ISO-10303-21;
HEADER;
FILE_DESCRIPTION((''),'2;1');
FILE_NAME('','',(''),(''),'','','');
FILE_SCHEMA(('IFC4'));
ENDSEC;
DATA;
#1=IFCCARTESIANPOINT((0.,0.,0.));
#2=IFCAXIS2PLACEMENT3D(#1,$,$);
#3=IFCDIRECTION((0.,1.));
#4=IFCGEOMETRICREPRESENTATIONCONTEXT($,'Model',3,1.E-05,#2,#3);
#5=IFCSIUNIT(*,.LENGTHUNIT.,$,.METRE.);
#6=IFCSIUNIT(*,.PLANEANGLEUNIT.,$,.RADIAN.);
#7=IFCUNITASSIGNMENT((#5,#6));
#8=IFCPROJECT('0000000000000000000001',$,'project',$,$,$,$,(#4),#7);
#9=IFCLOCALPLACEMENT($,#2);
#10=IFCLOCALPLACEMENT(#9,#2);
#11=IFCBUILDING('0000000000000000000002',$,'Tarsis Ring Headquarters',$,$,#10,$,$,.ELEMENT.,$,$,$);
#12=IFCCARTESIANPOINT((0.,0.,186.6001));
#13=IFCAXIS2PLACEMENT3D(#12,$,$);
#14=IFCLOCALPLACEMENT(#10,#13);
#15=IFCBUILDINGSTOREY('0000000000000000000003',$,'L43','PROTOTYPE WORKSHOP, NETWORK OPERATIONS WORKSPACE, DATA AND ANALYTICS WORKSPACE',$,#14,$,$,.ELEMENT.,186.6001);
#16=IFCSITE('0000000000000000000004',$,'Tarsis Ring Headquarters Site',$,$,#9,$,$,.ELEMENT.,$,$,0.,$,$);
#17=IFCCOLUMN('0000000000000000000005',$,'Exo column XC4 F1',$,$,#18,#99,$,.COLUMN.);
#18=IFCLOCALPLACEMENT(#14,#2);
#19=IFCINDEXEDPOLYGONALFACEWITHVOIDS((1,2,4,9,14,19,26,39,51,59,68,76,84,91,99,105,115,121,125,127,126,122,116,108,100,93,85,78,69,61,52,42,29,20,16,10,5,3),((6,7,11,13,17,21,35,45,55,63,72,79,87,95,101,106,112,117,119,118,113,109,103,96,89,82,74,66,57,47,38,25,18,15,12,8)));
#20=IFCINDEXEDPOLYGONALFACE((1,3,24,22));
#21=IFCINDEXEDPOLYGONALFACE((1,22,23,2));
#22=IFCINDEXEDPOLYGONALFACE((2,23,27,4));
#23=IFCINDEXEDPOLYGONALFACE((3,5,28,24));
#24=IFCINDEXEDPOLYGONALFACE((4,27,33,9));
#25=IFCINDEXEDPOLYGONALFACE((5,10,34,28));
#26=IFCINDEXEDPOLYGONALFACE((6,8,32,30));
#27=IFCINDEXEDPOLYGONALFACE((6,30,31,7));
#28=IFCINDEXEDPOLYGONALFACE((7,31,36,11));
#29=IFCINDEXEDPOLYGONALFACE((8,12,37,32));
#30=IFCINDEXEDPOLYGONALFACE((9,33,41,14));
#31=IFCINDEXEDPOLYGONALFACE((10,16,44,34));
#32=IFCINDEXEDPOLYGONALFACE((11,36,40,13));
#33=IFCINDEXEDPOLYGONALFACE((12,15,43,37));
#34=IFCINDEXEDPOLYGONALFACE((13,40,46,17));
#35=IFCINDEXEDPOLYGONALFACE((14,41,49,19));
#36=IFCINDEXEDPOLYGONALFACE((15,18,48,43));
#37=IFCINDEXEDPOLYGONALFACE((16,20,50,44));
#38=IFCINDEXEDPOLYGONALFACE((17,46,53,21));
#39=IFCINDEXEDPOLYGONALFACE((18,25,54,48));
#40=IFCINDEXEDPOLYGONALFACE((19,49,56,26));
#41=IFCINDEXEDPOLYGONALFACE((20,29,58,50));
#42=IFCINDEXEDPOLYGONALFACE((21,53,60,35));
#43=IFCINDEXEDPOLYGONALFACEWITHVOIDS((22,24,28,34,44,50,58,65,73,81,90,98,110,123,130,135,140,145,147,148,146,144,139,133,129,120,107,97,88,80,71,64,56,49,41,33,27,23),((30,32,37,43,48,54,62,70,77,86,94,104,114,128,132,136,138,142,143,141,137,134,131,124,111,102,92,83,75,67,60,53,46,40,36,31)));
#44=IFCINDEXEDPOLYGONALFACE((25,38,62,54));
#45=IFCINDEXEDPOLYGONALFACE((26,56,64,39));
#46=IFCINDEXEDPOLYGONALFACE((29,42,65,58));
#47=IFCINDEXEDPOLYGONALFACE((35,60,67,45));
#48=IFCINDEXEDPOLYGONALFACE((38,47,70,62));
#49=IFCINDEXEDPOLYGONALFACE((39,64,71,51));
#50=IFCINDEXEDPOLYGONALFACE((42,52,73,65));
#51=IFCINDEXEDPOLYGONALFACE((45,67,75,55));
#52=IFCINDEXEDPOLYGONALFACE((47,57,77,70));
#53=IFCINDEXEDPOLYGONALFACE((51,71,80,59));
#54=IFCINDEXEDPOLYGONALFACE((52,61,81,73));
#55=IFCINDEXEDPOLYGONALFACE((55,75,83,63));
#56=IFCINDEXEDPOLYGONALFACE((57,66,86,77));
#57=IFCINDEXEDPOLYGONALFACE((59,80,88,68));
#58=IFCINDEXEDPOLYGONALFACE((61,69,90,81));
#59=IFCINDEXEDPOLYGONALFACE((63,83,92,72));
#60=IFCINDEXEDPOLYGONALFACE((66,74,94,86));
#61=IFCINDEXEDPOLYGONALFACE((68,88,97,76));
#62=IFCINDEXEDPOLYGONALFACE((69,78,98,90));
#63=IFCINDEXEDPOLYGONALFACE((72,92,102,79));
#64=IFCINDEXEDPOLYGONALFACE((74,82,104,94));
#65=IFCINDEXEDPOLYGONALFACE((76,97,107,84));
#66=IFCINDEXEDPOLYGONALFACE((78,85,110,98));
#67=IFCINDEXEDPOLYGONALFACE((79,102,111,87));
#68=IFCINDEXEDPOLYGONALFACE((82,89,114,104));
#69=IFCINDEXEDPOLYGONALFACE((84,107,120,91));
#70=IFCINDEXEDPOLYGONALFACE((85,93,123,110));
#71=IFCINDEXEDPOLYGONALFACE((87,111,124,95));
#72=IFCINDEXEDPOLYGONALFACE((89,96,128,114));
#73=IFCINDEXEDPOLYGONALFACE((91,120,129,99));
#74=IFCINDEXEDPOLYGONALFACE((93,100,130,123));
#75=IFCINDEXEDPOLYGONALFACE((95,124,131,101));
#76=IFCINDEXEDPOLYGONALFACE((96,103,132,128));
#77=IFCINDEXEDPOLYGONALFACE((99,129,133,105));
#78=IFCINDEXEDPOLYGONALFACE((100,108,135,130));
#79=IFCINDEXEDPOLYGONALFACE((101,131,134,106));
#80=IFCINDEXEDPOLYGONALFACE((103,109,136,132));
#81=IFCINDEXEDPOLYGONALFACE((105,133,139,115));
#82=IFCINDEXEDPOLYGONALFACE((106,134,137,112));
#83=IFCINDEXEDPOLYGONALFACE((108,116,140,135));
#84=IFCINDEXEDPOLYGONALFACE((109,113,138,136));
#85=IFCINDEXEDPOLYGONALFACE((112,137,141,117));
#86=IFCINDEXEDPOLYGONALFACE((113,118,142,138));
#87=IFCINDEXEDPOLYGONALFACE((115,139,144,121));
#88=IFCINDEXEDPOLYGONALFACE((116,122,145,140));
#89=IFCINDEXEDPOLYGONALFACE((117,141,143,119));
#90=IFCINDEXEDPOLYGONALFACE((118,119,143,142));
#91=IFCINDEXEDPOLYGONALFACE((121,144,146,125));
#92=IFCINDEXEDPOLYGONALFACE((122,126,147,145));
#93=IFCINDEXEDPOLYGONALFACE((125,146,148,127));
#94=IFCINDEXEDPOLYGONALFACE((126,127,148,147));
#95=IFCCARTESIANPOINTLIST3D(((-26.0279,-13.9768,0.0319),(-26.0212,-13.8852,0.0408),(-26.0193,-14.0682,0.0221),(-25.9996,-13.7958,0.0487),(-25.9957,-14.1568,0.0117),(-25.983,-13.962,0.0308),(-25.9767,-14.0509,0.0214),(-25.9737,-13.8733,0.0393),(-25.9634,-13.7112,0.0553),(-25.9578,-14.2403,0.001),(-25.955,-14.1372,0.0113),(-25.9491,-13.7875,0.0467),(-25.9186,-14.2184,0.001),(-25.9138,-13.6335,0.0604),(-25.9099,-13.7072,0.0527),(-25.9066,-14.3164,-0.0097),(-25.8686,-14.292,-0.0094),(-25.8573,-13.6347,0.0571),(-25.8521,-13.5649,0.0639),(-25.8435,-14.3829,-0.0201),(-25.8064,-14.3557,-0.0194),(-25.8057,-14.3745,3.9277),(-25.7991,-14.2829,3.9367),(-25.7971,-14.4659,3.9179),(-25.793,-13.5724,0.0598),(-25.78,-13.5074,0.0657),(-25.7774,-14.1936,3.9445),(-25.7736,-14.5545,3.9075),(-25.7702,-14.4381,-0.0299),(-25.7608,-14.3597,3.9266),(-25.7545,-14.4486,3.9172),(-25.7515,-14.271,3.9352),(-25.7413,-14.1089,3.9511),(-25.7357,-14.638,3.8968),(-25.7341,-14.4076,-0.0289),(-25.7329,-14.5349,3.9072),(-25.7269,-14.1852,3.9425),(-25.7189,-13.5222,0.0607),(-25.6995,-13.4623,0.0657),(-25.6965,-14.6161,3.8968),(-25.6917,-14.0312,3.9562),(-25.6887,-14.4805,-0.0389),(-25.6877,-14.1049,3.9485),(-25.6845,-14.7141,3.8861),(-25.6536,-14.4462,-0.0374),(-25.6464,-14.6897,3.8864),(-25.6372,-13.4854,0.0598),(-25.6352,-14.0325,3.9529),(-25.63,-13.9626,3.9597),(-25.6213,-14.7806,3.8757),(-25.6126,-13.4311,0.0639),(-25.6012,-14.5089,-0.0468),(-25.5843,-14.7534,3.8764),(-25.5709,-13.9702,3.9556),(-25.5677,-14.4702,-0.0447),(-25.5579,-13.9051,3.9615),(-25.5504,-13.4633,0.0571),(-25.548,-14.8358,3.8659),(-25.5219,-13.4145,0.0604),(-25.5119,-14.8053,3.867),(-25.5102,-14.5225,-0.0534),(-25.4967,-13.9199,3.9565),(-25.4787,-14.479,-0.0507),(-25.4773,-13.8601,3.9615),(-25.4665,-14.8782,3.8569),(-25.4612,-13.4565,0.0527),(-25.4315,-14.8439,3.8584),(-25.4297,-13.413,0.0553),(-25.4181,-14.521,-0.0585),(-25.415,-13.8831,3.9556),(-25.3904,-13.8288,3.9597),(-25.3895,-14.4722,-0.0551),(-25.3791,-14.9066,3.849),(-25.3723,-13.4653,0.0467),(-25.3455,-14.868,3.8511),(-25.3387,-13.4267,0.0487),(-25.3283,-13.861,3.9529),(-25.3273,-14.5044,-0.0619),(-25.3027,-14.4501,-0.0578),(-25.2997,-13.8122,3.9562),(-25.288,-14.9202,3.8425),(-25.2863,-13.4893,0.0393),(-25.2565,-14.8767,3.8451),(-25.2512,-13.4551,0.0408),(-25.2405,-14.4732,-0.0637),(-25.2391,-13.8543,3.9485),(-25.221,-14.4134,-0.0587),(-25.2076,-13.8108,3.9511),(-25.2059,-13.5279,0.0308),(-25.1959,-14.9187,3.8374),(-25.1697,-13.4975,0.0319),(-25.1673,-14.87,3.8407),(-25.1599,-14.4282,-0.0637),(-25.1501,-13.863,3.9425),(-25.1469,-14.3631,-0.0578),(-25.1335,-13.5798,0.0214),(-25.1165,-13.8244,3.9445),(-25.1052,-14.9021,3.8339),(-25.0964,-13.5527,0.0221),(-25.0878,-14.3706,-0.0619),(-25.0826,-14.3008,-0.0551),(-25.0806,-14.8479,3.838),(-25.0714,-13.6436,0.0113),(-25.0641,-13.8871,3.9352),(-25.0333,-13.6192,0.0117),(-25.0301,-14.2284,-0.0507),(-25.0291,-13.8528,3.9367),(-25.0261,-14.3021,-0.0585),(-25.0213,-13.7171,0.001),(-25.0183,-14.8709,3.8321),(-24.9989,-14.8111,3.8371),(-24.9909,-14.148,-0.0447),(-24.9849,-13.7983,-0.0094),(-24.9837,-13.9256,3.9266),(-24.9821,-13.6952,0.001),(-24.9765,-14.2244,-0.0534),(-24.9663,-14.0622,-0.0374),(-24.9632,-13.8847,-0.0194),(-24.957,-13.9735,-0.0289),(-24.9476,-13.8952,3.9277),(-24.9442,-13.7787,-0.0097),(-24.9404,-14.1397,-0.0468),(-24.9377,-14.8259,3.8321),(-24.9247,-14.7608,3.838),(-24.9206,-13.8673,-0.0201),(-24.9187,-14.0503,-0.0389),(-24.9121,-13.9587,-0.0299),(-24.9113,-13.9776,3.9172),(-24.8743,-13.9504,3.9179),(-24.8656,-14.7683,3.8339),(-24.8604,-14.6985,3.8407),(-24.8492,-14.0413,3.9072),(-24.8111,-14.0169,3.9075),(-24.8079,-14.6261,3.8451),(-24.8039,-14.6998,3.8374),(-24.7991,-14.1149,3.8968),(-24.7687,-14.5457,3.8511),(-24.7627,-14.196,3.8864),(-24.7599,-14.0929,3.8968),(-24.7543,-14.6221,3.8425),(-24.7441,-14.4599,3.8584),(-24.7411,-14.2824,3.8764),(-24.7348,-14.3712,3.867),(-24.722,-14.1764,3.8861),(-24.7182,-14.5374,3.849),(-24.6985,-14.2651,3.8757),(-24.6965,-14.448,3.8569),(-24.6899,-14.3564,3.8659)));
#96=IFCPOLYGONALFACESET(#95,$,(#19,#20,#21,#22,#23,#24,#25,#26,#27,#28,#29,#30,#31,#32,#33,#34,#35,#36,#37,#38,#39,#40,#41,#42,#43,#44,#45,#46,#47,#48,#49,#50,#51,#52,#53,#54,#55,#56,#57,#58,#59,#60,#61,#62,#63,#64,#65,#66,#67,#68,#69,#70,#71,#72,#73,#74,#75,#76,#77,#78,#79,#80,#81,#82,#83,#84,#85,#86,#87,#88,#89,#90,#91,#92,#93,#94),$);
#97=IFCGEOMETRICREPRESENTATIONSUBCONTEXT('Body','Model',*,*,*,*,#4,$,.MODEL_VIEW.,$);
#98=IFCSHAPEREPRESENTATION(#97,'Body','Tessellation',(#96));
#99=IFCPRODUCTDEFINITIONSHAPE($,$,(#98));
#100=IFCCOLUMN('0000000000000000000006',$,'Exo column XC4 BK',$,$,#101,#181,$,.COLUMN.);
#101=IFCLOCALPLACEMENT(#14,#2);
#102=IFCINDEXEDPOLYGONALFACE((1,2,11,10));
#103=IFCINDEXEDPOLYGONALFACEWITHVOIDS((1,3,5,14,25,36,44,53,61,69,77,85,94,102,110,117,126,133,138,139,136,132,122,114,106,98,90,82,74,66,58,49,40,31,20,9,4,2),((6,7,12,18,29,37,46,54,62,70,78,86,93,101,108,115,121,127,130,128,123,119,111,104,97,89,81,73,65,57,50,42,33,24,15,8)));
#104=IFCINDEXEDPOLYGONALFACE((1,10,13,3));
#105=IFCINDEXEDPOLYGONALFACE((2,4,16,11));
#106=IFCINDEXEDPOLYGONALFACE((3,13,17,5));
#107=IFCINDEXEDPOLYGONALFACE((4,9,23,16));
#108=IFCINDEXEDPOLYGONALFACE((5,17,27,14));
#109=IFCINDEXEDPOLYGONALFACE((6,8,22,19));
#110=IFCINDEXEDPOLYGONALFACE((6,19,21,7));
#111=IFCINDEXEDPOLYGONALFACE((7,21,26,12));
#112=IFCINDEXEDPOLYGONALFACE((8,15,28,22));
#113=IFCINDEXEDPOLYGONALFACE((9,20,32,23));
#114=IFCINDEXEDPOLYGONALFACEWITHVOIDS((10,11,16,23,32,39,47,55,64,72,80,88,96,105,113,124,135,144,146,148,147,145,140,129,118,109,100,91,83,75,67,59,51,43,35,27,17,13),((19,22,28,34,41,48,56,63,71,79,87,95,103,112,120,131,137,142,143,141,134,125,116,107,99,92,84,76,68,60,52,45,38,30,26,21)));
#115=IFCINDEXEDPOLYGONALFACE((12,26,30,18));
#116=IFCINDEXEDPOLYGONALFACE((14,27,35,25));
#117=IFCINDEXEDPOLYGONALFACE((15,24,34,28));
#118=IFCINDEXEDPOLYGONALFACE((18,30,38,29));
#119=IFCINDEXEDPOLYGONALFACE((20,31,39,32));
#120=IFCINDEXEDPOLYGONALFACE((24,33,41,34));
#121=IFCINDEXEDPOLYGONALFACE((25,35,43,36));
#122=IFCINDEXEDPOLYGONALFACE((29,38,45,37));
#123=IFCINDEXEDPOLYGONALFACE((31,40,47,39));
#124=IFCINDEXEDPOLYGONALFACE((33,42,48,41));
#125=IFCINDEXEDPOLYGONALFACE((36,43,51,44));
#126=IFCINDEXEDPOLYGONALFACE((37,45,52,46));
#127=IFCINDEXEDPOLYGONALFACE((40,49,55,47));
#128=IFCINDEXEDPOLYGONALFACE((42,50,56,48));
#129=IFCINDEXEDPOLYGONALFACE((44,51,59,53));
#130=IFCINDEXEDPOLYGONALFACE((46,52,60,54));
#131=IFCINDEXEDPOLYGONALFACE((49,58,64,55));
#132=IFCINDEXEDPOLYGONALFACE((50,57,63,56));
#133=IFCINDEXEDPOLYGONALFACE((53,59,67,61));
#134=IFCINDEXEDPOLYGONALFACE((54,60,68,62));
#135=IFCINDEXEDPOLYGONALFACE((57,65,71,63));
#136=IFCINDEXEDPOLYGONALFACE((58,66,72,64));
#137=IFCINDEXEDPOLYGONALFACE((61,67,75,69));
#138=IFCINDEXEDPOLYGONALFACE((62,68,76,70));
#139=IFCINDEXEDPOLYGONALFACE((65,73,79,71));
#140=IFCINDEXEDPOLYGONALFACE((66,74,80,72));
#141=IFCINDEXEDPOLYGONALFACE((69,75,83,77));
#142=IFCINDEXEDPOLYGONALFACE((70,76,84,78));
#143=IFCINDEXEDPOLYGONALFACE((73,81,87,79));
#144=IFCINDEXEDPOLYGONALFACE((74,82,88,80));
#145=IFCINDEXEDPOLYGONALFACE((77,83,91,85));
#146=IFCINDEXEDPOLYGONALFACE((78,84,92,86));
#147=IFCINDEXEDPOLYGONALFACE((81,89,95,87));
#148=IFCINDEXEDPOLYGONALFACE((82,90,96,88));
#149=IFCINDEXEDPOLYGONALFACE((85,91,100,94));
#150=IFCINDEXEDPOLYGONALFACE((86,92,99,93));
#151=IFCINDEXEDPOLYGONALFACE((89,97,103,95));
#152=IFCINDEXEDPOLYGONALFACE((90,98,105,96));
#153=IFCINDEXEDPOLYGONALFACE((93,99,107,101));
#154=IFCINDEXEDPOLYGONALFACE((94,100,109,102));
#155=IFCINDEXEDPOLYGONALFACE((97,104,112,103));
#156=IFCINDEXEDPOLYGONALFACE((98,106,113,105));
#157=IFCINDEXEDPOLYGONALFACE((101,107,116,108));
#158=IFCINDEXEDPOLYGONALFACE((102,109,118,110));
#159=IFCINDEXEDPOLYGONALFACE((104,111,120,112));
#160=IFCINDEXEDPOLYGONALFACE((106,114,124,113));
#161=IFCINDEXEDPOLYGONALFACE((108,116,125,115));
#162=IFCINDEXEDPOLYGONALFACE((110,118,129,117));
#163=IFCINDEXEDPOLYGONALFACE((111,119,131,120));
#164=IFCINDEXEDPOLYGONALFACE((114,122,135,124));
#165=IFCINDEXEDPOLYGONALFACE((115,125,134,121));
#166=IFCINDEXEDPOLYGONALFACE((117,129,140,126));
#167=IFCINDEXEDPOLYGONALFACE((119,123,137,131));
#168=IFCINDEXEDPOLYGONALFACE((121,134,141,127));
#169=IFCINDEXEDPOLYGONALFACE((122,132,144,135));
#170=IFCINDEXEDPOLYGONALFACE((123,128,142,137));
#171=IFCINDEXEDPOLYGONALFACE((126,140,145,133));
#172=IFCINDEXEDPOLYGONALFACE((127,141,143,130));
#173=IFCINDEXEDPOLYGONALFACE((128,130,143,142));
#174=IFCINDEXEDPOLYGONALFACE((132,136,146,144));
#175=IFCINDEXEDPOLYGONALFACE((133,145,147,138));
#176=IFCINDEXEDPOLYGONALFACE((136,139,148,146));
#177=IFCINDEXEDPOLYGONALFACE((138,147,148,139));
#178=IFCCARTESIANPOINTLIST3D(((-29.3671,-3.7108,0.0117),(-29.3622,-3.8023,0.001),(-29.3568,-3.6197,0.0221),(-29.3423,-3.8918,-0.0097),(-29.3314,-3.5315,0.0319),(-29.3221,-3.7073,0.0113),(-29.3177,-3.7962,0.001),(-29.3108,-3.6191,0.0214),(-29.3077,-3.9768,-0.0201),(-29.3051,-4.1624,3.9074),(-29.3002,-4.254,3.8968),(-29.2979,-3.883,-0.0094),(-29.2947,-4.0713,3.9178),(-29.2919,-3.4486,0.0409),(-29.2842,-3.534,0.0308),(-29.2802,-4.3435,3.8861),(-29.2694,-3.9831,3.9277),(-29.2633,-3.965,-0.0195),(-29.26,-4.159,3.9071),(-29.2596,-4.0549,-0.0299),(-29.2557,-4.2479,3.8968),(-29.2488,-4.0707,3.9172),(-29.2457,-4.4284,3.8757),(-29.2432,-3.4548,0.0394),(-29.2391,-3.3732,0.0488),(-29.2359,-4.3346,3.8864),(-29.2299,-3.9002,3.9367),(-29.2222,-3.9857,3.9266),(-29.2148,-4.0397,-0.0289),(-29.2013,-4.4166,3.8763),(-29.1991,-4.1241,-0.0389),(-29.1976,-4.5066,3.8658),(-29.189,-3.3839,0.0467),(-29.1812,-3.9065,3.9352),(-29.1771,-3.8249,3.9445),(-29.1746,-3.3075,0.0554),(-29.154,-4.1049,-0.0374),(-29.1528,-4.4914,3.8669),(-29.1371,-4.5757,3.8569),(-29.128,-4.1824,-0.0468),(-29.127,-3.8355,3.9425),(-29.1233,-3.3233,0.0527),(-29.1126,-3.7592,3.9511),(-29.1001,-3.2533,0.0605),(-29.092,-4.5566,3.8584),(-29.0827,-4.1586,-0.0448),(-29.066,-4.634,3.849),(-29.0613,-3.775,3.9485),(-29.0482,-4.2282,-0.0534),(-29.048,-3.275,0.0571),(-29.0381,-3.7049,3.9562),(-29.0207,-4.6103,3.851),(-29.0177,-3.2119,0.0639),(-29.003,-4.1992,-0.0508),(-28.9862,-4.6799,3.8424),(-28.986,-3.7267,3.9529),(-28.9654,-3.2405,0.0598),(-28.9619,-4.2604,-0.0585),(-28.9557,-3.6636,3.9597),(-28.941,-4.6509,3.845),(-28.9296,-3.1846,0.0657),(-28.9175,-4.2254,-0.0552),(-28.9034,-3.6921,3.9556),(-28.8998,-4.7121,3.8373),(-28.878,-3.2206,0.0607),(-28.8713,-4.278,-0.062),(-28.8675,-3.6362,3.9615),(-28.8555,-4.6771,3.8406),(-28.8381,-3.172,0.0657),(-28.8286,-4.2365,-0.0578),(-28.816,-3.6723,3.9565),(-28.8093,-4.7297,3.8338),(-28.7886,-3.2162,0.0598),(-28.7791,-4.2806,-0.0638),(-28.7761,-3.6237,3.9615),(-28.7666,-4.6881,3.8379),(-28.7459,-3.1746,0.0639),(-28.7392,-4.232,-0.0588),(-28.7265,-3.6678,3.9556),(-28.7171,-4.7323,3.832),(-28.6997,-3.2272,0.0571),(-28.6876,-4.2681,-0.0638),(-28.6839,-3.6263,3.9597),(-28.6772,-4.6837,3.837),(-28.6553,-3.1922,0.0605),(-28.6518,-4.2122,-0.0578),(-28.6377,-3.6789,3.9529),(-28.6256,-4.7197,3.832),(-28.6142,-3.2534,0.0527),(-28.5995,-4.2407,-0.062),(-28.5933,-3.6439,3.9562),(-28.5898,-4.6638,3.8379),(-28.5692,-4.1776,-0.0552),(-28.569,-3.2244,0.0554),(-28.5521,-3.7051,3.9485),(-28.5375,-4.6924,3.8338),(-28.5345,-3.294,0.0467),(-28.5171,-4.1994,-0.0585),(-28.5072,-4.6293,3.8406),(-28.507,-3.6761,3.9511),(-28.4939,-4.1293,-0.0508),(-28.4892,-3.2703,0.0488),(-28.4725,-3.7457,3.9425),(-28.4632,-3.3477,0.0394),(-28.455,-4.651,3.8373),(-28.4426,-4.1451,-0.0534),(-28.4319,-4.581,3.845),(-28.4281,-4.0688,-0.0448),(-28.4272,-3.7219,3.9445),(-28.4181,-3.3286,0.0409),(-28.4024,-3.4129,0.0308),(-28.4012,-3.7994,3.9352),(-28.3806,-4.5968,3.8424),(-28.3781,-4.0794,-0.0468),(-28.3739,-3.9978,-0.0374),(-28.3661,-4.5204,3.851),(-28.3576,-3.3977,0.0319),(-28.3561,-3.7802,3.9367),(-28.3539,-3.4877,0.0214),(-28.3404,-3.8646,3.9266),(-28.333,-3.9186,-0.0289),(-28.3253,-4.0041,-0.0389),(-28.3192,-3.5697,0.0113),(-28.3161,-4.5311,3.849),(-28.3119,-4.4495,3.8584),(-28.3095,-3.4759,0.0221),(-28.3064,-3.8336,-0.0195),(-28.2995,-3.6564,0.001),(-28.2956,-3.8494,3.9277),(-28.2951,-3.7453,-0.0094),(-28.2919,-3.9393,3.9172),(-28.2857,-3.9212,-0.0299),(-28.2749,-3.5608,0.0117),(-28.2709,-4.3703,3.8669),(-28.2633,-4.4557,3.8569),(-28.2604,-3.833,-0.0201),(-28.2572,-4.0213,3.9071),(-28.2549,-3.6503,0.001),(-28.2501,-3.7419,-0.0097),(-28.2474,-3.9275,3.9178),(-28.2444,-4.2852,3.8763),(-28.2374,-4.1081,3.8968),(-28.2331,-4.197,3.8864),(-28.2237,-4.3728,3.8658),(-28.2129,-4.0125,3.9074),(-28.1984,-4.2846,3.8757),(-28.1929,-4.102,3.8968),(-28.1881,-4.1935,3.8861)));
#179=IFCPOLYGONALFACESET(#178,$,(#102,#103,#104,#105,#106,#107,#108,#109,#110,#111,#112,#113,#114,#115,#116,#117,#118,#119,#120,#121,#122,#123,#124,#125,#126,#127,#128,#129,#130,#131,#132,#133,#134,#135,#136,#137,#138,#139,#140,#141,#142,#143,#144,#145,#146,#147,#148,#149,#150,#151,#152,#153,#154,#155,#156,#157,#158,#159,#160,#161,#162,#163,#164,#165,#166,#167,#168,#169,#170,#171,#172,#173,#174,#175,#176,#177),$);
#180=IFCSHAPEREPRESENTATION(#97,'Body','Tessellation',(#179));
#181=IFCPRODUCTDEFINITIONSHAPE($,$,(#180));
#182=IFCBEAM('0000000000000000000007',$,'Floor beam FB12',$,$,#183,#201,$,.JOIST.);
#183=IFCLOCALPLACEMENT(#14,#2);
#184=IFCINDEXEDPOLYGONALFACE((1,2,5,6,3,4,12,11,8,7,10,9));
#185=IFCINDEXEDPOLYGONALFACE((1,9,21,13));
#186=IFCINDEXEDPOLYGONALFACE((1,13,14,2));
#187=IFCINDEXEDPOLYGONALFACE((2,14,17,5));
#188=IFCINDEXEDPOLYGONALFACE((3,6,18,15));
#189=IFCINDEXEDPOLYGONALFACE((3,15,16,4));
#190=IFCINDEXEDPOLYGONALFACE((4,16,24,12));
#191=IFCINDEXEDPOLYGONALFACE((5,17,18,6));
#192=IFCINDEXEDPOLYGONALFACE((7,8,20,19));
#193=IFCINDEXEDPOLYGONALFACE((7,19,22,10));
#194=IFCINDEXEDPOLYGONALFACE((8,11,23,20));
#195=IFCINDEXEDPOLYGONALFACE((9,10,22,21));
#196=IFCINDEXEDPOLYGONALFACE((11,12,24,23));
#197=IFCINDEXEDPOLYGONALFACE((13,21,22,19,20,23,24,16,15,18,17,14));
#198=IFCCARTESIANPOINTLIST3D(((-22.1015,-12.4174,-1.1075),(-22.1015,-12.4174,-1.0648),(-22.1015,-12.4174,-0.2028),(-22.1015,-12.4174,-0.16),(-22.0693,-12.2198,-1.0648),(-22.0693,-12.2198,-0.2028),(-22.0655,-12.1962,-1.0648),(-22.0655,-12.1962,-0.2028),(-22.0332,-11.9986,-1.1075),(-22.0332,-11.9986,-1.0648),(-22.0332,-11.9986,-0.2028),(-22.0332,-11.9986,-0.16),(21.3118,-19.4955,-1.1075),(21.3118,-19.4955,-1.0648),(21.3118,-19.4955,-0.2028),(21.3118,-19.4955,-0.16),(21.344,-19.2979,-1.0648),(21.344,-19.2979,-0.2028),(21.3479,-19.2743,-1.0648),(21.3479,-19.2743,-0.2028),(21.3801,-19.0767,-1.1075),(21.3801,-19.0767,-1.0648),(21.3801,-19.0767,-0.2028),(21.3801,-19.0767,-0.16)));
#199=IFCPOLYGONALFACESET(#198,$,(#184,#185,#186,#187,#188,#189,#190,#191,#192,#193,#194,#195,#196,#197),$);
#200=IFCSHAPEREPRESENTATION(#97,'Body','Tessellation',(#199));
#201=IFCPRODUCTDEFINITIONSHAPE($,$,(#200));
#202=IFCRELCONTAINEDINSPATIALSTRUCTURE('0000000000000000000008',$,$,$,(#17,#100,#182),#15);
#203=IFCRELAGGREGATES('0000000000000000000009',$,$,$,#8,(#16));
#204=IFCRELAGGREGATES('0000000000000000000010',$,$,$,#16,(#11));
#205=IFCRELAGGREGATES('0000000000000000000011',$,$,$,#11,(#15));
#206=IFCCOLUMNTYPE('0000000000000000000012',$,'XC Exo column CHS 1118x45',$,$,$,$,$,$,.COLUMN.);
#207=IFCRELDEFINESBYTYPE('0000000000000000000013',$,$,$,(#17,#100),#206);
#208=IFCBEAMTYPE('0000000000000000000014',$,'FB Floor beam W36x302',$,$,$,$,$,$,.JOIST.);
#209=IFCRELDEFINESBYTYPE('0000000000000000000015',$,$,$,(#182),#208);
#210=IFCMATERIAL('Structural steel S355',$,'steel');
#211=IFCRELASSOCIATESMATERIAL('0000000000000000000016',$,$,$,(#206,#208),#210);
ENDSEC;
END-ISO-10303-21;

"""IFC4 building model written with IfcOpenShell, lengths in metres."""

from ifc_helpers import new_model, si_unit, direction, frame, origin, origin_2d, place, context, subcontext, project, spatial, hollow_circle, i_section, extrude, material, material_profile, profile_set, type_object, element, save


model = new_model("IFC4")

# Units and contexts
model_context = context("Model", 3, precision=1e-05, world=origin(), true_north=direction((0.0, 1.0)))
body_context = subcontext(model_context, "Body", "Model", "MODEL_VIEW")
ifc_project = project(units=[si_unit("LENGTHUNIT", "METRE"), si_unit("PLANEANGLEUNIT", "RADIAN")], contexts=[model_context])

# Site, building, storey
site_placement = place(None, origin())
site = spatial("IfcSite", under=ifc_project, at=site_placement, Name="Tarsis Ring Headquarters Site", CompositionType="ELEMENT", RefElevation=0.0)
building_placement = place(site_placement, origin())
building = spatial("IfcBuilding", under=site, at=building_placement, Name="Tarsis Ring Headquarters", CompositionType="ELEMENT")
storey_placement = place(building_placement, frame((0.0, 0.0, 186.6001)))
storey = spatial("IfcBuildingStorey", under=building, at=storey_placement, Name="L43", Description="PROTOTYPE WORKSHOP, NETWORK OPERATIONS WORKSPACE, DATA AND ANALYTICS WORKSPACE", CompositionType="ELEMENT", Elevation=186.6001)

# Columns
ifc_material_1 = material(Name="Structural steel S355", Category="steel")
ifc_material_profile_1 = material_profile(ifc_material_1, hollow_circle(Radius=0.5588, WallThickness=0.0449, at=origin_2d()), Name="CHS 1118x45")
ifc_profile_set_1 = profile_set([ifc_material_profile_1], Name="Structural steel S355")
column_type = type_object("IfcColumnType", Name="XC Exo column CHS 1118x45", PredefinedType="COLUMN", material=ifc_profile_set_1)
for number, where, z_axis, x_axis, name in (
    (1, (-25.47, -13.9678, 0.001), (0.056642, -0.101396, 0.993232), (0.873017, 0.487689, 0.0), "Exo column XC4 F1"),
    (2, (-28.8086, -3.7263, 0.001), (0.01581, -0.115151, 0.993222), (0.990706, 0.136021, 0.0), "Exo column XC4 BK"),
):
    element("IfcColumn", number, at=place(storey_placement, frame(where, z_axis=z_axis, x_axis=x_axis)), inside=storey, type_object=column_type, Name=name, PredefinedType="COLUMN", context=body_context, shape_type="SweptSolid", body=[
        extrude(hollow_circle(Radius=0.5588, WallThickness=0.0449, at=origin_2d()), origin(), (0.0, 0.0, 1.0), 3.9224),
    ])

# Beam
ifc_material_profile_2 = material_profile(ifc_material_1, i_section(OverallWidth=0.4243, OverallDepth=0.9475, WebThickness=0.0239, FlangeThickness=0.0427, at=origin_2d()), Name="W36x302")
ifc_profile_set_2 = profile_set([ifc_material_profile_2], Name="Structural steel S355")
beam_type_1 = type_object("IfcBeamType", Name="FB Floor beam W36x302", PredefinedType="JOIST", material=ifc_profile_set_2)
beam_1_placement = place(storey_placement, frame((-22.0674, -12.208, -0.6338), z_axis=(0.986968, -0.160916, 0.0), x_axis=(0.160916, 0.986968, 0.0)))
element("IfcBeam", 3, at=beam_1_placement, inside=storey, type_object=beam_type_1, Name="Floor beam FB12", PredefinedType="JOIST", context=body_context, shape_type="SweptSolid", body=[
    extrude(i_section(OverallWidth=0.4243, OverallDepth=0.9475, WebThickness=0.0239, FlangeThickness=0.0427, at=origin_2d()), origin(), (0.0, 0.0, 1.0), 43.9866),
])

save(model, "model.ifc")
